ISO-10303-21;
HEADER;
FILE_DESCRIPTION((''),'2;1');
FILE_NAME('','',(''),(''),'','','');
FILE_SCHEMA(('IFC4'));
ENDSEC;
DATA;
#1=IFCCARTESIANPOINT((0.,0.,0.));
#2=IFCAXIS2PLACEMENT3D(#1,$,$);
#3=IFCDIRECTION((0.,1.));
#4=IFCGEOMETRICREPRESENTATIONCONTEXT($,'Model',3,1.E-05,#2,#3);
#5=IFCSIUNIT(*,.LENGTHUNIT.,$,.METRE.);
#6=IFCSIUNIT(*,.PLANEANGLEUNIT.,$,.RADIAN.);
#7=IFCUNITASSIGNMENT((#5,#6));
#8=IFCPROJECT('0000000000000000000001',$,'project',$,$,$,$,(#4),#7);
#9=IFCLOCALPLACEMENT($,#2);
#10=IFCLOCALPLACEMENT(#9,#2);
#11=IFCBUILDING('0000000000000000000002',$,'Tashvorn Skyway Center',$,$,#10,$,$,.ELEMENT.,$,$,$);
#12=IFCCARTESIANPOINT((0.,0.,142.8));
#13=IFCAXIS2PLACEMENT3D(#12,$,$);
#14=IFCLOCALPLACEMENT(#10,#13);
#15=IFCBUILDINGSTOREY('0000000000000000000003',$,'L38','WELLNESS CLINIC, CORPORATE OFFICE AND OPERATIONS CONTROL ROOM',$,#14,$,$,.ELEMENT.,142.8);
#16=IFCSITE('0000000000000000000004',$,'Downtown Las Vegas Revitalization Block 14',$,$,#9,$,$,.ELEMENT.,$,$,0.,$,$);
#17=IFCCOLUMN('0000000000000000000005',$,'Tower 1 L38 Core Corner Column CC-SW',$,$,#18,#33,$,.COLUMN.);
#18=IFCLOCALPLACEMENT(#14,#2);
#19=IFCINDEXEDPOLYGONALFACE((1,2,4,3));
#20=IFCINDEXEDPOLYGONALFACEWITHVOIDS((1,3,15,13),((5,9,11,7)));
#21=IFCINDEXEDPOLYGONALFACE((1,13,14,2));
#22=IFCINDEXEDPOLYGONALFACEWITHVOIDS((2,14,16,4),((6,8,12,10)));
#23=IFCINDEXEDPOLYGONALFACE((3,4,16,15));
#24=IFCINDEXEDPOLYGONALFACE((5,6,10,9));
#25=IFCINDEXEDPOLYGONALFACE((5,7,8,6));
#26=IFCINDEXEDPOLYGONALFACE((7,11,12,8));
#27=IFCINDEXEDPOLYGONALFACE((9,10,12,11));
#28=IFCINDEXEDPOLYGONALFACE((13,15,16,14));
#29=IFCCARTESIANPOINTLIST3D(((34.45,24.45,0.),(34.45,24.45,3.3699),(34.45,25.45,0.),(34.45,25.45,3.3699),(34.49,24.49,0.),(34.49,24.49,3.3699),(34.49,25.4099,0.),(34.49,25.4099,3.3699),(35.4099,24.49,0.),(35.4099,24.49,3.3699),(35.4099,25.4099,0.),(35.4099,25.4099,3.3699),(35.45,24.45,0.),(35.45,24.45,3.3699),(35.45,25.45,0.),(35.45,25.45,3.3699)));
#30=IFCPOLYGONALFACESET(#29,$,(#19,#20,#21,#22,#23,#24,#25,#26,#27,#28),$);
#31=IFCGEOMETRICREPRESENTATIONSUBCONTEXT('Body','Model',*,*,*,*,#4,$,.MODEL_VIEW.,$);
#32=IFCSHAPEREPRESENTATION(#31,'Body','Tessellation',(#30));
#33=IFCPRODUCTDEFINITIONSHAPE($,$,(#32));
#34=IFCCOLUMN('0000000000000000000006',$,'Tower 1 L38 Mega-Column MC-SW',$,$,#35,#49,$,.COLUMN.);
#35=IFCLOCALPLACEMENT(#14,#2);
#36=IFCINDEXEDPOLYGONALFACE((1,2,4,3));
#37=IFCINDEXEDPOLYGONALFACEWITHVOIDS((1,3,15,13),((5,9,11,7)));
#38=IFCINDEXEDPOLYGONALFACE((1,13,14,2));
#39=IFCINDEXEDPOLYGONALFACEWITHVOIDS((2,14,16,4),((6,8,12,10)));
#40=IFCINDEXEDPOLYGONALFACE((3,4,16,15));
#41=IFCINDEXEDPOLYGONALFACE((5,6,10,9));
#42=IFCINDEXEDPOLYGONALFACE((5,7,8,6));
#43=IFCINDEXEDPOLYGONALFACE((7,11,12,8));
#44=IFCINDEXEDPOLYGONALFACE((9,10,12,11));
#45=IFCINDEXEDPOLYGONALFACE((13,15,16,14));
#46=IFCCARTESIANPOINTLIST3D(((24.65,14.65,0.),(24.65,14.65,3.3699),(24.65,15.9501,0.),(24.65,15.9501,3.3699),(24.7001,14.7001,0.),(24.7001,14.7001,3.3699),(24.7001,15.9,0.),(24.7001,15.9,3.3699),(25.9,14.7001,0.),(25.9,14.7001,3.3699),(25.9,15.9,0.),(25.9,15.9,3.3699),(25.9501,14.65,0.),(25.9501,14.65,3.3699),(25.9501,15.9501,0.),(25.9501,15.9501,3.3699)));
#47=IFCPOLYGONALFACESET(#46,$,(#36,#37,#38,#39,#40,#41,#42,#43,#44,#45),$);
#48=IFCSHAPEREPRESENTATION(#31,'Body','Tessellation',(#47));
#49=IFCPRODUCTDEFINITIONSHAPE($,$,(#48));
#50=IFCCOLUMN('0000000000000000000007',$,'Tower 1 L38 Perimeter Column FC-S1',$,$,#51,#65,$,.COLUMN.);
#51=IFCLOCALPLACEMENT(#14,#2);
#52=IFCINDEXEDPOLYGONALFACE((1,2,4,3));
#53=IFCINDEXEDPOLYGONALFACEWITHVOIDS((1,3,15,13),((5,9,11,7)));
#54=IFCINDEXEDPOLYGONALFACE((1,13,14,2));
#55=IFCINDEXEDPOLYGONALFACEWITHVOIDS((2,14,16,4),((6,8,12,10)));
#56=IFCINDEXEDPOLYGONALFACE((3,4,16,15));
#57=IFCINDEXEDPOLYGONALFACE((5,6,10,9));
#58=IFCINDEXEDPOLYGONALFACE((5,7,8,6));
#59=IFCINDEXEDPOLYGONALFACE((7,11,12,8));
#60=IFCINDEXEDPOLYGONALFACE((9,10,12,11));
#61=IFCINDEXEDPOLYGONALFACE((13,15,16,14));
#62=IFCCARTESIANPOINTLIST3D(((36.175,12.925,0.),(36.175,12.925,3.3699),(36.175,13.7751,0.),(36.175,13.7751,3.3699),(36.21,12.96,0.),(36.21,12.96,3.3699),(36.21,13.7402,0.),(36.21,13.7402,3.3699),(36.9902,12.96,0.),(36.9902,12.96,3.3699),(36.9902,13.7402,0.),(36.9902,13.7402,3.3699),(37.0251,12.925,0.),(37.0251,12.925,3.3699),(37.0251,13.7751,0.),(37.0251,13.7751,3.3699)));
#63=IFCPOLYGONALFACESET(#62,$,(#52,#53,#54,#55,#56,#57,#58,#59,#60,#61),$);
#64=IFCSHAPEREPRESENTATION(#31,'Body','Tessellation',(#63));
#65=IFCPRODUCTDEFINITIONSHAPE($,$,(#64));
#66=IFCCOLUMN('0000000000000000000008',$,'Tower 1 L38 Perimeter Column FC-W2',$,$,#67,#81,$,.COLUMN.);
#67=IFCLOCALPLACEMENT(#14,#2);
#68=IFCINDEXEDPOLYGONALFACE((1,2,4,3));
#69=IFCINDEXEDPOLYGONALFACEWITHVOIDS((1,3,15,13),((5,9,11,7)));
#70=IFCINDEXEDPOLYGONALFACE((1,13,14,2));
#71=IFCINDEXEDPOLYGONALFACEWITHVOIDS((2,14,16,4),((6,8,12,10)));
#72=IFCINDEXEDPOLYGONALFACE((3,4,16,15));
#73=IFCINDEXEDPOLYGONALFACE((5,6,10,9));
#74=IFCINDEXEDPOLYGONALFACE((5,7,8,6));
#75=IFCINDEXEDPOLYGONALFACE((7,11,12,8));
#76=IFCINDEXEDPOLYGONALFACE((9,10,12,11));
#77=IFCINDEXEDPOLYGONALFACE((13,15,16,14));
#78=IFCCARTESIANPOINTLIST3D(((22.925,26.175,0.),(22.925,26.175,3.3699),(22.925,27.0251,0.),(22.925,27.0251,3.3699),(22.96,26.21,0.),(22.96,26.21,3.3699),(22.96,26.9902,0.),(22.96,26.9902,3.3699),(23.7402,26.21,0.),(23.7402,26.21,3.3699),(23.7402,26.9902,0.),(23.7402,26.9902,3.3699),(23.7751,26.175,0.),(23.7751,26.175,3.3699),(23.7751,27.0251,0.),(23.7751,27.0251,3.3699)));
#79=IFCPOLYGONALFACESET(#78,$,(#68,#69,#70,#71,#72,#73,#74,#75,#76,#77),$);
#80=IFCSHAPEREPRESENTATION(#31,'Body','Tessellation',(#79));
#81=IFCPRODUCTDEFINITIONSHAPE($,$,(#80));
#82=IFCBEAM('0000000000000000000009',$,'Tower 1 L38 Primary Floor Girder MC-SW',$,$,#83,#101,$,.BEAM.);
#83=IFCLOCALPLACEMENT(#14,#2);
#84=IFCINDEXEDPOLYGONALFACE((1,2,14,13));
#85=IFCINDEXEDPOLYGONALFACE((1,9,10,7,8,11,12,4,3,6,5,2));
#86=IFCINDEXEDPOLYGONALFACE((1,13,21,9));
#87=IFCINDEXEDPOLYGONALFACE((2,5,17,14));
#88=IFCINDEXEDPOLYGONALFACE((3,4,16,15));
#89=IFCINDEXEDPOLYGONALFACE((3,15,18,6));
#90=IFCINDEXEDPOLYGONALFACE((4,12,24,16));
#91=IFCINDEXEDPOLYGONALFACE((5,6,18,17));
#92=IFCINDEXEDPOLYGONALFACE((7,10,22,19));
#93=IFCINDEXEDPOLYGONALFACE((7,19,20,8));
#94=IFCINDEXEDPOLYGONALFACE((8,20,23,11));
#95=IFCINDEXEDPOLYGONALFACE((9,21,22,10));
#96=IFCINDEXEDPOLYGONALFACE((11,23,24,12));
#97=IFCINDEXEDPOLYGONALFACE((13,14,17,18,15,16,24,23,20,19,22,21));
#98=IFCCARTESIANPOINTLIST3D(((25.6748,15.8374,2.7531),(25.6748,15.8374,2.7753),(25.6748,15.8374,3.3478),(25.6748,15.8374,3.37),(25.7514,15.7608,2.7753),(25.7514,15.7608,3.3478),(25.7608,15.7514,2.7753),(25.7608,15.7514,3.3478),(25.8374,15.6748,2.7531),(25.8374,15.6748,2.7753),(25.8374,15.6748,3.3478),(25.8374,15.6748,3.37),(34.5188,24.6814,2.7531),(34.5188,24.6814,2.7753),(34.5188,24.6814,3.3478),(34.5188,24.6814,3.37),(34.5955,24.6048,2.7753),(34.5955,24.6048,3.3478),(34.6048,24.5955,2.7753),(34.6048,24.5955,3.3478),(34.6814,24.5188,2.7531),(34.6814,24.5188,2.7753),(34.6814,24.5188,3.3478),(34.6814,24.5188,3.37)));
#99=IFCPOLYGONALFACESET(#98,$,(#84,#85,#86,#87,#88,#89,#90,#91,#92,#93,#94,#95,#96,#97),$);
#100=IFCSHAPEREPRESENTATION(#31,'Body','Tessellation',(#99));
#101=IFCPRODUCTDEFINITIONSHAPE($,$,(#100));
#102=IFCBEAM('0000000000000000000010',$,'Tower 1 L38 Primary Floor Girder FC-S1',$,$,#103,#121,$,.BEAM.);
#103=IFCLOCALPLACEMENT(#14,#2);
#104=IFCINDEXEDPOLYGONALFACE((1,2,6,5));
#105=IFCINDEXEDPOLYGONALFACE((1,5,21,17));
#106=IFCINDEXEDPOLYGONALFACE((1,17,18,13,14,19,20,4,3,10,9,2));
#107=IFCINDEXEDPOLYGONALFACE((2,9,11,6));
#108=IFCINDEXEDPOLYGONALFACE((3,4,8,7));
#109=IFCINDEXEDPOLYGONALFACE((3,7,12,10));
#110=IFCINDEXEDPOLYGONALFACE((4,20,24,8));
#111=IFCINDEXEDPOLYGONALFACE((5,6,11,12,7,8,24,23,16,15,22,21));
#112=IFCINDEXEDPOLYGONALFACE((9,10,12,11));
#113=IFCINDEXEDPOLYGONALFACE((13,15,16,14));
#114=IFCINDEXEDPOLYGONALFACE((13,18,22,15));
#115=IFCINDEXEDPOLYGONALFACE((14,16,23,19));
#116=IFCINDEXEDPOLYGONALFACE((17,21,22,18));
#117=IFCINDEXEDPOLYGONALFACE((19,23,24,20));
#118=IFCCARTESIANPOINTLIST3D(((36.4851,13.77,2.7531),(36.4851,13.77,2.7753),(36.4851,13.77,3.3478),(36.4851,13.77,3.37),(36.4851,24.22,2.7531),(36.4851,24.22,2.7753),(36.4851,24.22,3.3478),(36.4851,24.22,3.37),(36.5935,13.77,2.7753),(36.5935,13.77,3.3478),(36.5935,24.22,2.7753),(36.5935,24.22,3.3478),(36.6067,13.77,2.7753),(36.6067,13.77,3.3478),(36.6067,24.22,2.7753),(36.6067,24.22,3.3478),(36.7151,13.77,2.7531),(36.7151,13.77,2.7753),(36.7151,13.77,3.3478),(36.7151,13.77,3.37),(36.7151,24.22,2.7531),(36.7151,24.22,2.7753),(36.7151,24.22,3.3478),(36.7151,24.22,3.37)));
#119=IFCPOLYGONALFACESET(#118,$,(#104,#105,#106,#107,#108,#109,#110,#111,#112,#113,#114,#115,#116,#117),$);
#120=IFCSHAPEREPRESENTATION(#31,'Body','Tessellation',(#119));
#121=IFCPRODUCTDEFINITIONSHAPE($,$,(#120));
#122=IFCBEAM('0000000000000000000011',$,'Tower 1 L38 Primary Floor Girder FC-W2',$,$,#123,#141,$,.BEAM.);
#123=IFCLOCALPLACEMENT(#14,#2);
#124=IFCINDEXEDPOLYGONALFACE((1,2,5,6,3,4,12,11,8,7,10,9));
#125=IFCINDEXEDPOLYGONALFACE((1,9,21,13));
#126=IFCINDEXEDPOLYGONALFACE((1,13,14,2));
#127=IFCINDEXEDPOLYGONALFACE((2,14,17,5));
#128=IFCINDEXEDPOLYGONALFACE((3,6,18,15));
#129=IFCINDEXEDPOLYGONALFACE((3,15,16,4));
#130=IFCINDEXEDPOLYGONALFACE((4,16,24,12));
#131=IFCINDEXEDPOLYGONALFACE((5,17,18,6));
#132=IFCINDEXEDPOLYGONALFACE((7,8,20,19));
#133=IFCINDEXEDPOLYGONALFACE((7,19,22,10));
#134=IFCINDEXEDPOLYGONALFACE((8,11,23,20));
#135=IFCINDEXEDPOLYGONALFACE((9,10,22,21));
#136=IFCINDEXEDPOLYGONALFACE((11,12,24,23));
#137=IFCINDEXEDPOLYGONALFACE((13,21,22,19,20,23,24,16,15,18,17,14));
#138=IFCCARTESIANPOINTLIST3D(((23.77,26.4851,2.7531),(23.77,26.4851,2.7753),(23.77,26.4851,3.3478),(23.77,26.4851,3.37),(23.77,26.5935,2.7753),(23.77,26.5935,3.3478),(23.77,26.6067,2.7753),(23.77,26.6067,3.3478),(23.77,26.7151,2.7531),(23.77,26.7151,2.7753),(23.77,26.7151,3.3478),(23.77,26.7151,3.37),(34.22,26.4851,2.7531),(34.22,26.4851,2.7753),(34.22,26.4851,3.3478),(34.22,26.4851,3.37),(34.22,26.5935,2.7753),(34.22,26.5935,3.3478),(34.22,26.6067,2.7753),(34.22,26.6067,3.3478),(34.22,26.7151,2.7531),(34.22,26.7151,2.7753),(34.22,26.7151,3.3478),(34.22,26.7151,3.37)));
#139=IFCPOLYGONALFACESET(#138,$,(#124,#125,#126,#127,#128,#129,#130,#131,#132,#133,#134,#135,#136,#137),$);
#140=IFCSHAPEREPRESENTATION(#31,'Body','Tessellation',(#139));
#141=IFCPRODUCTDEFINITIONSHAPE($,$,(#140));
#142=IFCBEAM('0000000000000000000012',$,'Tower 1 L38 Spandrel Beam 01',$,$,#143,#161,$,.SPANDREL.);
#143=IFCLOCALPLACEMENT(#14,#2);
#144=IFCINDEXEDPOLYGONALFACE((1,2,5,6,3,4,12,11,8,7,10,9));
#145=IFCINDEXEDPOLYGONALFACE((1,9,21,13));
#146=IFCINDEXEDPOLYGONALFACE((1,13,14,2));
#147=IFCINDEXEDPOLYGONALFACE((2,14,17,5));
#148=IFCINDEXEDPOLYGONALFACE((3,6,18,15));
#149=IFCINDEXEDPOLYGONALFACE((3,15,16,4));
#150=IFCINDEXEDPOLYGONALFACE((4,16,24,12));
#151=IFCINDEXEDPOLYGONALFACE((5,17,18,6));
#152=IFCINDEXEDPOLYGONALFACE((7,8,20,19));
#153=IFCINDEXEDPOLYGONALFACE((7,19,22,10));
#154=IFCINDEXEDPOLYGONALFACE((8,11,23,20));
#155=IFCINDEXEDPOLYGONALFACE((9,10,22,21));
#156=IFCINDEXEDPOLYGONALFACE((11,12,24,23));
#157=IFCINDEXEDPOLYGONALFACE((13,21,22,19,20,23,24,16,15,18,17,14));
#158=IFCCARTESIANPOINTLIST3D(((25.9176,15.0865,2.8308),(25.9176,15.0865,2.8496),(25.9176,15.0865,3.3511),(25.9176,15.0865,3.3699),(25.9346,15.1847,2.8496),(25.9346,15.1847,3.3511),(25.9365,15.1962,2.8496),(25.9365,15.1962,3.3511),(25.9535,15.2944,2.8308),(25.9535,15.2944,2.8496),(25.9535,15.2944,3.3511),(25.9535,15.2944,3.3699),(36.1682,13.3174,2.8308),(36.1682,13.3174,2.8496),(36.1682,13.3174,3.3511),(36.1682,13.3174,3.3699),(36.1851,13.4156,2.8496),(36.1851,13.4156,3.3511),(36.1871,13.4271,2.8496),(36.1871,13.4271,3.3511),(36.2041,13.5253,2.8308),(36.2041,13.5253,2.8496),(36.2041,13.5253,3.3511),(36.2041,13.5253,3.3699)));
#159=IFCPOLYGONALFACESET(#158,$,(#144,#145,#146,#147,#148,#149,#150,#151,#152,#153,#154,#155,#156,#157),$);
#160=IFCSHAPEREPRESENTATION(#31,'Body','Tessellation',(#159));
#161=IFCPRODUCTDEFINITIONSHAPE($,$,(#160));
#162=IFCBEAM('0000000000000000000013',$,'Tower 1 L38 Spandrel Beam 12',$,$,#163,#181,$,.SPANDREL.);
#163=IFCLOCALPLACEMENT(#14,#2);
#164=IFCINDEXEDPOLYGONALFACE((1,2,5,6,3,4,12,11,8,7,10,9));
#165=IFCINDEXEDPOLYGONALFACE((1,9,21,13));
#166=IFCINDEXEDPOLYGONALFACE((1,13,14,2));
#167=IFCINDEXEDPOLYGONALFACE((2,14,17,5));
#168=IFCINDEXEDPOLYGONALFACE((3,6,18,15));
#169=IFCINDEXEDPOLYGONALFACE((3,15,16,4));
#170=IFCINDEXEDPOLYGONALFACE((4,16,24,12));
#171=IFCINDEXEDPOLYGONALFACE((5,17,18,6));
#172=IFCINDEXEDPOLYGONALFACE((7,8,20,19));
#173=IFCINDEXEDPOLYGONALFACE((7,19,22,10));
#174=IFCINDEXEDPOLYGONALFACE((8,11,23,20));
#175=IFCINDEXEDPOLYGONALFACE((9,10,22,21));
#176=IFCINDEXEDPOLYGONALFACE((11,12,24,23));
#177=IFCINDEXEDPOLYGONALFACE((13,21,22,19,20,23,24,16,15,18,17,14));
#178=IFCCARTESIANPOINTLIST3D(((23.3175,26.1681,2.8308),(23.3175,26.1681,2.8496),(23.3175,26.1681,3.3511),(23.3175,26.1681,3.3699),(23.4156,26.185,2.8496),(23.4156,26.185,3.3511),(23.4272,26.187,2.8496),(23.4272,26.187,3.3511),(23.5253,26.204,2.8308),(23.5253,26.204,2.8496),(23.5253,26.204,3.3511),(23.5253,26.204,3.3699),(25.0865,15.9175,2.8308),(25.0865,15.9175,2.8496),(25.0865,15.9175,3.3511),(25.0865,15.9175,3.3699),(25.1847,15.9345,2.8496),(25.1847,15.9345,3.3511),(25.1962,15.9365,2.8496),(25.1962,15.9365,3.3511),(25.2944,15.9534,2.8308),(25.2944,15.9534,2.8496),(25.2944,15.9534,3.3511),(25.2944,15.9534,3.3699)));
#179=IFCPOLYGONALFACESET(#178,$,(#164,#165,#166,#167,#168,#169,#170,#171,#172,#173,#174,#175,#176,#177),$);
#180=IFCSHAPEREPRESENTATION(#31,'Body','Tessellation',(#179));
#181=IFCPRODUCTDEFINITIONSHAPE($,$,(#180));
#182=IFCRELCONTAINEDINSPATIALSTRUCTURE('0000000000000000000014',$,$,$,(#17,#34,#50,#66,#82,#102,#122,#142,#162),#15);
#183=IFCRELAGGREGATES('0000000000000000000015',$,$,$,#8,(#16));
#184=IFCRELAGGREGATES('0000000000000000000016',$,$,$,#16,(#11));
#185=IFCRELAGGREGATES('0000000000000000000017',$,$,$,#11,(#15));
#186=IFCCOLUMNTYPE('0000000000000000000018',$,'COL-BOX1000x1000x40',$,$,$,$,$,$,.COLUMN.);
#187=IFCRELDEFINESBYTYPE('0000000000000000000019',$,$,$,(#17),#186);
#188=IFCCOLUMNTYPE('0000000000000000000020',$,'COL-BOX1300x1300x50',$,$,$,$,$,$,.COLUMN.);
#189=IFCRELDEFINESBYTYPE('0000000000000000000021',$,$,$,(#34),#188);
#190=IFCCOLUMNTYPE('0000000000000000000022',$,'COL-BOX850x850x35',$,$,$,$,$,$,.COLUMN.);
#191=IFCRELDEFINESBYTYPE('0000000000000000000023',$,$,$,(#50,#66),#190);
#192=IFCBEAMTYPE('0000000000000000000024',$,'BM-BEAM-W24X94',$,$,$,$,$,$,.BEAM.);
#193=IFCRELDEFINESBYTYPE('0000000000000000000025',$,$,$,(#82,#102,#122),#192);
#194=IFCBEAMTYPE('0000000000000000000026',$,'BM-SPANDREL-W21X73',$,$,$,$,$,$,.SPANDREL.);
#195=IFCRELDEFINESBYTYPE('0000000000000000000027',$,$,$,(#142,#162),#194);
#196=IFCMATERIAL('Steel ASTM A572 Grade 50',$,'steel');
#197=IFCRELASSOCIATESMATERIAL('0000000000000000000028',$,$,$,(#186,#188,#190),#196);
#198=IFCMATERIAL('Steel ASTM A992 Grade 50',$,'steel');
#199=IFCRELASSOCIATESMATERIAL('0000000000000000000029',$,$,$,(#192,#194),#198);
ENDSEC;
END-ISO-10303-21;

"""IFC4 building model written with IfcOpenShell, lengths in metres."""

from ifc_helpers import new_model, si_unit, direction, frame, origin, origin_2d, place, context, subcontext, project, spatial, hollow_rectangle, i_section, extrude, material, material_profile, profile_set, type_object, element, save


model = new_model("IFC4")

# Units and contexts
model_context = context("Model", 3, precision=1e-05, world=origin(), true_north=direction((0.0, 1.0)))
body_context = subcontext(model_context, "Body", "Model", "MODEL_VIEW")
ifc_project = project(units=[si_unit("LENGTHUNIT", "METRE"), si_unit("PLANEANGLEUNIT", "RADIAN")], contexts=[model_context])

# Site, building, storey
site_placement = place(None, origin())
site = spatial("IfcSite", under=ifc_project, at=site_placement, Name="Downtown Las Vegas Revitalization Block 14", CompositionType="ELEMENT", RefElevation=0.0)
building_placement = place(site_placement, origin())
building = spatial("IfcBuilding", under=site, at=building_placement, Name="Tashvorn Skyway Center", CompositionType="ELEMENT")
storey_placement = place(building_placement, frame((0.0, 0.0, 142.8)))
storey = spatial("IfcBuildingStorey", under=building, at=storey_placement, Name="L38", Description="WELLNESS CLINIC, CORPORATE OFFICE AND OPERATIONS CONTROL ROOM", CompositionType="ELEMENT", Elevation=142.8)

# Columns
ifc_material_1 = material(Name="Steel ASTM A572 Grade 50", Category="steel")
ifc_material_profile_1 = material_profile(ifc_material_1, hollow_rectangle(XDim=1.0, YDim=1.0, WallThickness=0.04, at=origin_2d()), Name="BOX1000x1000x40")
ifc_profile_set_1 = profile_set([ifc_material_profile_1], Name="Steel ASTM A572 Grade 50")
column_type_1 = type_object("IfcColumnType", Name="COL-BOX1000x1000x40", PredefinedType="COLUMN", material=ifc_profile_set_1)
column_1_placement = place(storey_placement, frame((34.95, 24.95, 0.0), z_axis=(0.0, 0.0, 1.0), x_axis=(1.0, 0.0, 0.0)))
element("IfcColumn", 1, at=column_1_placement, inside=storey, type_object=column_type_1, Name="Tower 1 L38 Core Corner Column CC-SW", PredefinedType="COLUMN", context=body_context, shape_type="SweptSolid", body=[
    extrude(hollow_rectangle(XDim=1.0, YDim=1.0, WallThickness=0.04, at=origin_2d()), origin(), (0.0, 0.0, 1.0), 3.3699),
])
ifc_material_profile_2 = material_profile(ifc_material_1, hollow_rectangle(XDim=1.3, YDim=1.3, WallThickness=0.05, at=origin_2d()), Name="BOX1300x1300x50")
ifc_profile_set_2 = profile_set([ifc_material_profile_2], Name="Steel ASTM A572 Grade 50")
column_type_2 = type_object("IfcColumnType", Name="COL-BOX1300x1300x50", PredefinedType="COLUMN", material=ifc_profile_set_2)
column_2_placement = place(storey_placement, frame((25.3, 15.3, 0.0), z_axis=(0.0, 0.0, 1.0), x_axis=(1.0, 0.0, 0.0)))
element("IfcColumn", 2, at=column_2_placement, inside=storey, type_object=column_type_2, Name="Tower 1 L38 Mega-Column MC-SW", PredefinedType="COLUMN", context=body_context, shape_type="SweptSolid", body=[
    extrude(hollow_rectangle(XDim=1.3, YDim=1.3, WallThickness=0.05, at=origin_2d()), origin(), (0.0, 0.0, 1.0), 3.3699),
])
ifc_material_profile_3 = material_profile(ifc_material_1, hollow_rectangle(XDim=0.8501, YDim=0.8501, WallThickness=0.0349, at=origin_2d()), Name="BOX850x850x35")
ifc_profile_set_3 = profile_set([ifc_material_profile_3], Name="Steel ASTM A572 Grade 50")
column_type_3 = type_object("IfcColumnType", Name="COL-BOX850x850x35", PredefinedType="COLUMN", material=ifc_profile_set_3)
for number, where, z_axis, x_axis, name in (
    (3, (36.6001, 13.3501, 0.0), (0.0, 0.0, 1.0), (1.0, 0.0, 0.0), "Tower 1 L38 Perimeter Column FC-S1"),
    (4, (23.3501, 26.6001, 0.0), (0.0, 0.0, 1.0), (1.0, 0.0, 0.0), "Tower 1 L38 Perimeter Column FC-W2"),
):
    element("IfcColumn", number, at=place(storey_placement, frame(where, z_axis=z_axis, x_axis=x_axis)), inside=storey, type_object=column_type_3, Name=name, PredefinedType="COLUMN", context=body_context, shape_type="SweptSolid", body=[
        extrude(hollow_rectangle(XDim=0.8501, YDim=0.8501, WallThickness=0.0349, at=origin_2d()), origin(), (0.0, 0.0, 1.0), 3.3699),
    ])

# Beams
ifc_material_2 = material(Name="Steel ASTM A992 Grade 50", Category="steel")
ifc_material_profile_4 = material_profile(ifc_material_2, i_section(OverallWidth=0.23, OverallDepth=0.6169, WebThickness=0.0132, FlangeThickness=0.0222, at=origin_2d()), Name="W24X94")
ifc_profile_set_4 = profile_set([ifc_material_profile_4], Name="Steel ASTM A992 Grade 50")
beam_type_1 = type_object("IfcBeamType", Name="BM-BEAM-W24X94", PredefinedType="BEAM", material=ifc_profile_set_4)
beam_placement = place(storey_placement, frame((25.7561, 15.7561, 3.0615), z_axis=(0.707107, 0.707107, 0.0), x_axis=(-0.707107, 0.707107, 0.0)))
element("IfcBeam", 5, at=beam_placement, inside=storey, type_object=beam_type_1, Name="Tower 1 L38 Primary Floor Girder MC-SW", PredefinedType="BEAM", context=body_context, shape_type="SweptSolid", body=[
    extrude(i_section(OverallWidth=0.23, OverallDepth=0.6169, WebThickness=0.0132, FlangeThickness=0.0222, at=origin_2d()), origin(), (0.0, 0.0, 1.0), 12.5073),
])
for number, where, z_axis, x_axis, name in (
    (6, (36.6001, 13.77, 3.0615), (0.0, 1.0, 0.0), (-1.0, 0.0, 0.0), "Tower 1 L38 Primary Floor Girder FC-S1"),
    (7, (23.77, 26.6001, 3.0615), (1.0, 0.0, 0.0), (0.0, 1.0, 0.0), "Tower 1 L38 Primary Floor Girder FC-W2"),
):
    element("IfcBeam", number, at=place(storey_placement, frame(where, z_axis=z_axis, x_axis=x_axis)), inside=storey, type_object=beam_type_1, Name=name, PredefinedType="BEAM", context=body_context, shape_type="SweptSolid", body=[
        extrude(i_section(OverallWidth=0.23, OverallDepth=0.6169, WebThickness=0.0132, FlangeThickness=0.0222, at=origin_2d()), origin(), (0.0, 0.0, 1.0), 10.45),
    ])
ifc_material_profile_5 = material_profile(ifc_material_2, i_section(OverallWidth=0.2109, OverallDepth=0.5391, WebThickness=0.0117, FlangeThickness=0.0188, at=origin_2d()), Name="W21X73")
ifc_profile_set_5 = profile_set([ifc_material_profile_5], Name="Steel ASTM A992 Grade 50")
beam_type_2 = type_object("IfcBeamType", Name="BM-SPANDREL-W21X73", PredefinedType="SPANDREL", material=ifc_profile_set_5)
for number, where, z_axis, x_axis, name in (
    (8, (25.9355, 15.1904, 3.1003), (0.985432, -0.170067, 0.0), (0.170067, 0.985432, 0.0), "Tower 1 L38 Spandrel Beam 01"),
    (9, (23.4214, 26.186, 3.1003), (0.170067, -0.985432, 0.0), (0.985432, 0.170067, 0.0), "Tower 1 L38 Spandrel Beam 12"),
):
    element("IfcBeam", number, at=place(storey_placement, frame(where, z_axis=z_axis, x_axis=x_axis)), inside=storey, type_object=beam_type_2, Name=name, PredefinedType="SPANDREL", context=body_context, shape_type="SweptSolid", body=[
        extrude(i_section(OverallWidth=0.2109, OverallDepth=0.5391, WebThickness=0.0117, FlangeThickness=0.0188, at=origin_2d()), origin(), (0.0, 0.0, 1.0), 10.4021),
    ])

save(model, "model.ifc")
